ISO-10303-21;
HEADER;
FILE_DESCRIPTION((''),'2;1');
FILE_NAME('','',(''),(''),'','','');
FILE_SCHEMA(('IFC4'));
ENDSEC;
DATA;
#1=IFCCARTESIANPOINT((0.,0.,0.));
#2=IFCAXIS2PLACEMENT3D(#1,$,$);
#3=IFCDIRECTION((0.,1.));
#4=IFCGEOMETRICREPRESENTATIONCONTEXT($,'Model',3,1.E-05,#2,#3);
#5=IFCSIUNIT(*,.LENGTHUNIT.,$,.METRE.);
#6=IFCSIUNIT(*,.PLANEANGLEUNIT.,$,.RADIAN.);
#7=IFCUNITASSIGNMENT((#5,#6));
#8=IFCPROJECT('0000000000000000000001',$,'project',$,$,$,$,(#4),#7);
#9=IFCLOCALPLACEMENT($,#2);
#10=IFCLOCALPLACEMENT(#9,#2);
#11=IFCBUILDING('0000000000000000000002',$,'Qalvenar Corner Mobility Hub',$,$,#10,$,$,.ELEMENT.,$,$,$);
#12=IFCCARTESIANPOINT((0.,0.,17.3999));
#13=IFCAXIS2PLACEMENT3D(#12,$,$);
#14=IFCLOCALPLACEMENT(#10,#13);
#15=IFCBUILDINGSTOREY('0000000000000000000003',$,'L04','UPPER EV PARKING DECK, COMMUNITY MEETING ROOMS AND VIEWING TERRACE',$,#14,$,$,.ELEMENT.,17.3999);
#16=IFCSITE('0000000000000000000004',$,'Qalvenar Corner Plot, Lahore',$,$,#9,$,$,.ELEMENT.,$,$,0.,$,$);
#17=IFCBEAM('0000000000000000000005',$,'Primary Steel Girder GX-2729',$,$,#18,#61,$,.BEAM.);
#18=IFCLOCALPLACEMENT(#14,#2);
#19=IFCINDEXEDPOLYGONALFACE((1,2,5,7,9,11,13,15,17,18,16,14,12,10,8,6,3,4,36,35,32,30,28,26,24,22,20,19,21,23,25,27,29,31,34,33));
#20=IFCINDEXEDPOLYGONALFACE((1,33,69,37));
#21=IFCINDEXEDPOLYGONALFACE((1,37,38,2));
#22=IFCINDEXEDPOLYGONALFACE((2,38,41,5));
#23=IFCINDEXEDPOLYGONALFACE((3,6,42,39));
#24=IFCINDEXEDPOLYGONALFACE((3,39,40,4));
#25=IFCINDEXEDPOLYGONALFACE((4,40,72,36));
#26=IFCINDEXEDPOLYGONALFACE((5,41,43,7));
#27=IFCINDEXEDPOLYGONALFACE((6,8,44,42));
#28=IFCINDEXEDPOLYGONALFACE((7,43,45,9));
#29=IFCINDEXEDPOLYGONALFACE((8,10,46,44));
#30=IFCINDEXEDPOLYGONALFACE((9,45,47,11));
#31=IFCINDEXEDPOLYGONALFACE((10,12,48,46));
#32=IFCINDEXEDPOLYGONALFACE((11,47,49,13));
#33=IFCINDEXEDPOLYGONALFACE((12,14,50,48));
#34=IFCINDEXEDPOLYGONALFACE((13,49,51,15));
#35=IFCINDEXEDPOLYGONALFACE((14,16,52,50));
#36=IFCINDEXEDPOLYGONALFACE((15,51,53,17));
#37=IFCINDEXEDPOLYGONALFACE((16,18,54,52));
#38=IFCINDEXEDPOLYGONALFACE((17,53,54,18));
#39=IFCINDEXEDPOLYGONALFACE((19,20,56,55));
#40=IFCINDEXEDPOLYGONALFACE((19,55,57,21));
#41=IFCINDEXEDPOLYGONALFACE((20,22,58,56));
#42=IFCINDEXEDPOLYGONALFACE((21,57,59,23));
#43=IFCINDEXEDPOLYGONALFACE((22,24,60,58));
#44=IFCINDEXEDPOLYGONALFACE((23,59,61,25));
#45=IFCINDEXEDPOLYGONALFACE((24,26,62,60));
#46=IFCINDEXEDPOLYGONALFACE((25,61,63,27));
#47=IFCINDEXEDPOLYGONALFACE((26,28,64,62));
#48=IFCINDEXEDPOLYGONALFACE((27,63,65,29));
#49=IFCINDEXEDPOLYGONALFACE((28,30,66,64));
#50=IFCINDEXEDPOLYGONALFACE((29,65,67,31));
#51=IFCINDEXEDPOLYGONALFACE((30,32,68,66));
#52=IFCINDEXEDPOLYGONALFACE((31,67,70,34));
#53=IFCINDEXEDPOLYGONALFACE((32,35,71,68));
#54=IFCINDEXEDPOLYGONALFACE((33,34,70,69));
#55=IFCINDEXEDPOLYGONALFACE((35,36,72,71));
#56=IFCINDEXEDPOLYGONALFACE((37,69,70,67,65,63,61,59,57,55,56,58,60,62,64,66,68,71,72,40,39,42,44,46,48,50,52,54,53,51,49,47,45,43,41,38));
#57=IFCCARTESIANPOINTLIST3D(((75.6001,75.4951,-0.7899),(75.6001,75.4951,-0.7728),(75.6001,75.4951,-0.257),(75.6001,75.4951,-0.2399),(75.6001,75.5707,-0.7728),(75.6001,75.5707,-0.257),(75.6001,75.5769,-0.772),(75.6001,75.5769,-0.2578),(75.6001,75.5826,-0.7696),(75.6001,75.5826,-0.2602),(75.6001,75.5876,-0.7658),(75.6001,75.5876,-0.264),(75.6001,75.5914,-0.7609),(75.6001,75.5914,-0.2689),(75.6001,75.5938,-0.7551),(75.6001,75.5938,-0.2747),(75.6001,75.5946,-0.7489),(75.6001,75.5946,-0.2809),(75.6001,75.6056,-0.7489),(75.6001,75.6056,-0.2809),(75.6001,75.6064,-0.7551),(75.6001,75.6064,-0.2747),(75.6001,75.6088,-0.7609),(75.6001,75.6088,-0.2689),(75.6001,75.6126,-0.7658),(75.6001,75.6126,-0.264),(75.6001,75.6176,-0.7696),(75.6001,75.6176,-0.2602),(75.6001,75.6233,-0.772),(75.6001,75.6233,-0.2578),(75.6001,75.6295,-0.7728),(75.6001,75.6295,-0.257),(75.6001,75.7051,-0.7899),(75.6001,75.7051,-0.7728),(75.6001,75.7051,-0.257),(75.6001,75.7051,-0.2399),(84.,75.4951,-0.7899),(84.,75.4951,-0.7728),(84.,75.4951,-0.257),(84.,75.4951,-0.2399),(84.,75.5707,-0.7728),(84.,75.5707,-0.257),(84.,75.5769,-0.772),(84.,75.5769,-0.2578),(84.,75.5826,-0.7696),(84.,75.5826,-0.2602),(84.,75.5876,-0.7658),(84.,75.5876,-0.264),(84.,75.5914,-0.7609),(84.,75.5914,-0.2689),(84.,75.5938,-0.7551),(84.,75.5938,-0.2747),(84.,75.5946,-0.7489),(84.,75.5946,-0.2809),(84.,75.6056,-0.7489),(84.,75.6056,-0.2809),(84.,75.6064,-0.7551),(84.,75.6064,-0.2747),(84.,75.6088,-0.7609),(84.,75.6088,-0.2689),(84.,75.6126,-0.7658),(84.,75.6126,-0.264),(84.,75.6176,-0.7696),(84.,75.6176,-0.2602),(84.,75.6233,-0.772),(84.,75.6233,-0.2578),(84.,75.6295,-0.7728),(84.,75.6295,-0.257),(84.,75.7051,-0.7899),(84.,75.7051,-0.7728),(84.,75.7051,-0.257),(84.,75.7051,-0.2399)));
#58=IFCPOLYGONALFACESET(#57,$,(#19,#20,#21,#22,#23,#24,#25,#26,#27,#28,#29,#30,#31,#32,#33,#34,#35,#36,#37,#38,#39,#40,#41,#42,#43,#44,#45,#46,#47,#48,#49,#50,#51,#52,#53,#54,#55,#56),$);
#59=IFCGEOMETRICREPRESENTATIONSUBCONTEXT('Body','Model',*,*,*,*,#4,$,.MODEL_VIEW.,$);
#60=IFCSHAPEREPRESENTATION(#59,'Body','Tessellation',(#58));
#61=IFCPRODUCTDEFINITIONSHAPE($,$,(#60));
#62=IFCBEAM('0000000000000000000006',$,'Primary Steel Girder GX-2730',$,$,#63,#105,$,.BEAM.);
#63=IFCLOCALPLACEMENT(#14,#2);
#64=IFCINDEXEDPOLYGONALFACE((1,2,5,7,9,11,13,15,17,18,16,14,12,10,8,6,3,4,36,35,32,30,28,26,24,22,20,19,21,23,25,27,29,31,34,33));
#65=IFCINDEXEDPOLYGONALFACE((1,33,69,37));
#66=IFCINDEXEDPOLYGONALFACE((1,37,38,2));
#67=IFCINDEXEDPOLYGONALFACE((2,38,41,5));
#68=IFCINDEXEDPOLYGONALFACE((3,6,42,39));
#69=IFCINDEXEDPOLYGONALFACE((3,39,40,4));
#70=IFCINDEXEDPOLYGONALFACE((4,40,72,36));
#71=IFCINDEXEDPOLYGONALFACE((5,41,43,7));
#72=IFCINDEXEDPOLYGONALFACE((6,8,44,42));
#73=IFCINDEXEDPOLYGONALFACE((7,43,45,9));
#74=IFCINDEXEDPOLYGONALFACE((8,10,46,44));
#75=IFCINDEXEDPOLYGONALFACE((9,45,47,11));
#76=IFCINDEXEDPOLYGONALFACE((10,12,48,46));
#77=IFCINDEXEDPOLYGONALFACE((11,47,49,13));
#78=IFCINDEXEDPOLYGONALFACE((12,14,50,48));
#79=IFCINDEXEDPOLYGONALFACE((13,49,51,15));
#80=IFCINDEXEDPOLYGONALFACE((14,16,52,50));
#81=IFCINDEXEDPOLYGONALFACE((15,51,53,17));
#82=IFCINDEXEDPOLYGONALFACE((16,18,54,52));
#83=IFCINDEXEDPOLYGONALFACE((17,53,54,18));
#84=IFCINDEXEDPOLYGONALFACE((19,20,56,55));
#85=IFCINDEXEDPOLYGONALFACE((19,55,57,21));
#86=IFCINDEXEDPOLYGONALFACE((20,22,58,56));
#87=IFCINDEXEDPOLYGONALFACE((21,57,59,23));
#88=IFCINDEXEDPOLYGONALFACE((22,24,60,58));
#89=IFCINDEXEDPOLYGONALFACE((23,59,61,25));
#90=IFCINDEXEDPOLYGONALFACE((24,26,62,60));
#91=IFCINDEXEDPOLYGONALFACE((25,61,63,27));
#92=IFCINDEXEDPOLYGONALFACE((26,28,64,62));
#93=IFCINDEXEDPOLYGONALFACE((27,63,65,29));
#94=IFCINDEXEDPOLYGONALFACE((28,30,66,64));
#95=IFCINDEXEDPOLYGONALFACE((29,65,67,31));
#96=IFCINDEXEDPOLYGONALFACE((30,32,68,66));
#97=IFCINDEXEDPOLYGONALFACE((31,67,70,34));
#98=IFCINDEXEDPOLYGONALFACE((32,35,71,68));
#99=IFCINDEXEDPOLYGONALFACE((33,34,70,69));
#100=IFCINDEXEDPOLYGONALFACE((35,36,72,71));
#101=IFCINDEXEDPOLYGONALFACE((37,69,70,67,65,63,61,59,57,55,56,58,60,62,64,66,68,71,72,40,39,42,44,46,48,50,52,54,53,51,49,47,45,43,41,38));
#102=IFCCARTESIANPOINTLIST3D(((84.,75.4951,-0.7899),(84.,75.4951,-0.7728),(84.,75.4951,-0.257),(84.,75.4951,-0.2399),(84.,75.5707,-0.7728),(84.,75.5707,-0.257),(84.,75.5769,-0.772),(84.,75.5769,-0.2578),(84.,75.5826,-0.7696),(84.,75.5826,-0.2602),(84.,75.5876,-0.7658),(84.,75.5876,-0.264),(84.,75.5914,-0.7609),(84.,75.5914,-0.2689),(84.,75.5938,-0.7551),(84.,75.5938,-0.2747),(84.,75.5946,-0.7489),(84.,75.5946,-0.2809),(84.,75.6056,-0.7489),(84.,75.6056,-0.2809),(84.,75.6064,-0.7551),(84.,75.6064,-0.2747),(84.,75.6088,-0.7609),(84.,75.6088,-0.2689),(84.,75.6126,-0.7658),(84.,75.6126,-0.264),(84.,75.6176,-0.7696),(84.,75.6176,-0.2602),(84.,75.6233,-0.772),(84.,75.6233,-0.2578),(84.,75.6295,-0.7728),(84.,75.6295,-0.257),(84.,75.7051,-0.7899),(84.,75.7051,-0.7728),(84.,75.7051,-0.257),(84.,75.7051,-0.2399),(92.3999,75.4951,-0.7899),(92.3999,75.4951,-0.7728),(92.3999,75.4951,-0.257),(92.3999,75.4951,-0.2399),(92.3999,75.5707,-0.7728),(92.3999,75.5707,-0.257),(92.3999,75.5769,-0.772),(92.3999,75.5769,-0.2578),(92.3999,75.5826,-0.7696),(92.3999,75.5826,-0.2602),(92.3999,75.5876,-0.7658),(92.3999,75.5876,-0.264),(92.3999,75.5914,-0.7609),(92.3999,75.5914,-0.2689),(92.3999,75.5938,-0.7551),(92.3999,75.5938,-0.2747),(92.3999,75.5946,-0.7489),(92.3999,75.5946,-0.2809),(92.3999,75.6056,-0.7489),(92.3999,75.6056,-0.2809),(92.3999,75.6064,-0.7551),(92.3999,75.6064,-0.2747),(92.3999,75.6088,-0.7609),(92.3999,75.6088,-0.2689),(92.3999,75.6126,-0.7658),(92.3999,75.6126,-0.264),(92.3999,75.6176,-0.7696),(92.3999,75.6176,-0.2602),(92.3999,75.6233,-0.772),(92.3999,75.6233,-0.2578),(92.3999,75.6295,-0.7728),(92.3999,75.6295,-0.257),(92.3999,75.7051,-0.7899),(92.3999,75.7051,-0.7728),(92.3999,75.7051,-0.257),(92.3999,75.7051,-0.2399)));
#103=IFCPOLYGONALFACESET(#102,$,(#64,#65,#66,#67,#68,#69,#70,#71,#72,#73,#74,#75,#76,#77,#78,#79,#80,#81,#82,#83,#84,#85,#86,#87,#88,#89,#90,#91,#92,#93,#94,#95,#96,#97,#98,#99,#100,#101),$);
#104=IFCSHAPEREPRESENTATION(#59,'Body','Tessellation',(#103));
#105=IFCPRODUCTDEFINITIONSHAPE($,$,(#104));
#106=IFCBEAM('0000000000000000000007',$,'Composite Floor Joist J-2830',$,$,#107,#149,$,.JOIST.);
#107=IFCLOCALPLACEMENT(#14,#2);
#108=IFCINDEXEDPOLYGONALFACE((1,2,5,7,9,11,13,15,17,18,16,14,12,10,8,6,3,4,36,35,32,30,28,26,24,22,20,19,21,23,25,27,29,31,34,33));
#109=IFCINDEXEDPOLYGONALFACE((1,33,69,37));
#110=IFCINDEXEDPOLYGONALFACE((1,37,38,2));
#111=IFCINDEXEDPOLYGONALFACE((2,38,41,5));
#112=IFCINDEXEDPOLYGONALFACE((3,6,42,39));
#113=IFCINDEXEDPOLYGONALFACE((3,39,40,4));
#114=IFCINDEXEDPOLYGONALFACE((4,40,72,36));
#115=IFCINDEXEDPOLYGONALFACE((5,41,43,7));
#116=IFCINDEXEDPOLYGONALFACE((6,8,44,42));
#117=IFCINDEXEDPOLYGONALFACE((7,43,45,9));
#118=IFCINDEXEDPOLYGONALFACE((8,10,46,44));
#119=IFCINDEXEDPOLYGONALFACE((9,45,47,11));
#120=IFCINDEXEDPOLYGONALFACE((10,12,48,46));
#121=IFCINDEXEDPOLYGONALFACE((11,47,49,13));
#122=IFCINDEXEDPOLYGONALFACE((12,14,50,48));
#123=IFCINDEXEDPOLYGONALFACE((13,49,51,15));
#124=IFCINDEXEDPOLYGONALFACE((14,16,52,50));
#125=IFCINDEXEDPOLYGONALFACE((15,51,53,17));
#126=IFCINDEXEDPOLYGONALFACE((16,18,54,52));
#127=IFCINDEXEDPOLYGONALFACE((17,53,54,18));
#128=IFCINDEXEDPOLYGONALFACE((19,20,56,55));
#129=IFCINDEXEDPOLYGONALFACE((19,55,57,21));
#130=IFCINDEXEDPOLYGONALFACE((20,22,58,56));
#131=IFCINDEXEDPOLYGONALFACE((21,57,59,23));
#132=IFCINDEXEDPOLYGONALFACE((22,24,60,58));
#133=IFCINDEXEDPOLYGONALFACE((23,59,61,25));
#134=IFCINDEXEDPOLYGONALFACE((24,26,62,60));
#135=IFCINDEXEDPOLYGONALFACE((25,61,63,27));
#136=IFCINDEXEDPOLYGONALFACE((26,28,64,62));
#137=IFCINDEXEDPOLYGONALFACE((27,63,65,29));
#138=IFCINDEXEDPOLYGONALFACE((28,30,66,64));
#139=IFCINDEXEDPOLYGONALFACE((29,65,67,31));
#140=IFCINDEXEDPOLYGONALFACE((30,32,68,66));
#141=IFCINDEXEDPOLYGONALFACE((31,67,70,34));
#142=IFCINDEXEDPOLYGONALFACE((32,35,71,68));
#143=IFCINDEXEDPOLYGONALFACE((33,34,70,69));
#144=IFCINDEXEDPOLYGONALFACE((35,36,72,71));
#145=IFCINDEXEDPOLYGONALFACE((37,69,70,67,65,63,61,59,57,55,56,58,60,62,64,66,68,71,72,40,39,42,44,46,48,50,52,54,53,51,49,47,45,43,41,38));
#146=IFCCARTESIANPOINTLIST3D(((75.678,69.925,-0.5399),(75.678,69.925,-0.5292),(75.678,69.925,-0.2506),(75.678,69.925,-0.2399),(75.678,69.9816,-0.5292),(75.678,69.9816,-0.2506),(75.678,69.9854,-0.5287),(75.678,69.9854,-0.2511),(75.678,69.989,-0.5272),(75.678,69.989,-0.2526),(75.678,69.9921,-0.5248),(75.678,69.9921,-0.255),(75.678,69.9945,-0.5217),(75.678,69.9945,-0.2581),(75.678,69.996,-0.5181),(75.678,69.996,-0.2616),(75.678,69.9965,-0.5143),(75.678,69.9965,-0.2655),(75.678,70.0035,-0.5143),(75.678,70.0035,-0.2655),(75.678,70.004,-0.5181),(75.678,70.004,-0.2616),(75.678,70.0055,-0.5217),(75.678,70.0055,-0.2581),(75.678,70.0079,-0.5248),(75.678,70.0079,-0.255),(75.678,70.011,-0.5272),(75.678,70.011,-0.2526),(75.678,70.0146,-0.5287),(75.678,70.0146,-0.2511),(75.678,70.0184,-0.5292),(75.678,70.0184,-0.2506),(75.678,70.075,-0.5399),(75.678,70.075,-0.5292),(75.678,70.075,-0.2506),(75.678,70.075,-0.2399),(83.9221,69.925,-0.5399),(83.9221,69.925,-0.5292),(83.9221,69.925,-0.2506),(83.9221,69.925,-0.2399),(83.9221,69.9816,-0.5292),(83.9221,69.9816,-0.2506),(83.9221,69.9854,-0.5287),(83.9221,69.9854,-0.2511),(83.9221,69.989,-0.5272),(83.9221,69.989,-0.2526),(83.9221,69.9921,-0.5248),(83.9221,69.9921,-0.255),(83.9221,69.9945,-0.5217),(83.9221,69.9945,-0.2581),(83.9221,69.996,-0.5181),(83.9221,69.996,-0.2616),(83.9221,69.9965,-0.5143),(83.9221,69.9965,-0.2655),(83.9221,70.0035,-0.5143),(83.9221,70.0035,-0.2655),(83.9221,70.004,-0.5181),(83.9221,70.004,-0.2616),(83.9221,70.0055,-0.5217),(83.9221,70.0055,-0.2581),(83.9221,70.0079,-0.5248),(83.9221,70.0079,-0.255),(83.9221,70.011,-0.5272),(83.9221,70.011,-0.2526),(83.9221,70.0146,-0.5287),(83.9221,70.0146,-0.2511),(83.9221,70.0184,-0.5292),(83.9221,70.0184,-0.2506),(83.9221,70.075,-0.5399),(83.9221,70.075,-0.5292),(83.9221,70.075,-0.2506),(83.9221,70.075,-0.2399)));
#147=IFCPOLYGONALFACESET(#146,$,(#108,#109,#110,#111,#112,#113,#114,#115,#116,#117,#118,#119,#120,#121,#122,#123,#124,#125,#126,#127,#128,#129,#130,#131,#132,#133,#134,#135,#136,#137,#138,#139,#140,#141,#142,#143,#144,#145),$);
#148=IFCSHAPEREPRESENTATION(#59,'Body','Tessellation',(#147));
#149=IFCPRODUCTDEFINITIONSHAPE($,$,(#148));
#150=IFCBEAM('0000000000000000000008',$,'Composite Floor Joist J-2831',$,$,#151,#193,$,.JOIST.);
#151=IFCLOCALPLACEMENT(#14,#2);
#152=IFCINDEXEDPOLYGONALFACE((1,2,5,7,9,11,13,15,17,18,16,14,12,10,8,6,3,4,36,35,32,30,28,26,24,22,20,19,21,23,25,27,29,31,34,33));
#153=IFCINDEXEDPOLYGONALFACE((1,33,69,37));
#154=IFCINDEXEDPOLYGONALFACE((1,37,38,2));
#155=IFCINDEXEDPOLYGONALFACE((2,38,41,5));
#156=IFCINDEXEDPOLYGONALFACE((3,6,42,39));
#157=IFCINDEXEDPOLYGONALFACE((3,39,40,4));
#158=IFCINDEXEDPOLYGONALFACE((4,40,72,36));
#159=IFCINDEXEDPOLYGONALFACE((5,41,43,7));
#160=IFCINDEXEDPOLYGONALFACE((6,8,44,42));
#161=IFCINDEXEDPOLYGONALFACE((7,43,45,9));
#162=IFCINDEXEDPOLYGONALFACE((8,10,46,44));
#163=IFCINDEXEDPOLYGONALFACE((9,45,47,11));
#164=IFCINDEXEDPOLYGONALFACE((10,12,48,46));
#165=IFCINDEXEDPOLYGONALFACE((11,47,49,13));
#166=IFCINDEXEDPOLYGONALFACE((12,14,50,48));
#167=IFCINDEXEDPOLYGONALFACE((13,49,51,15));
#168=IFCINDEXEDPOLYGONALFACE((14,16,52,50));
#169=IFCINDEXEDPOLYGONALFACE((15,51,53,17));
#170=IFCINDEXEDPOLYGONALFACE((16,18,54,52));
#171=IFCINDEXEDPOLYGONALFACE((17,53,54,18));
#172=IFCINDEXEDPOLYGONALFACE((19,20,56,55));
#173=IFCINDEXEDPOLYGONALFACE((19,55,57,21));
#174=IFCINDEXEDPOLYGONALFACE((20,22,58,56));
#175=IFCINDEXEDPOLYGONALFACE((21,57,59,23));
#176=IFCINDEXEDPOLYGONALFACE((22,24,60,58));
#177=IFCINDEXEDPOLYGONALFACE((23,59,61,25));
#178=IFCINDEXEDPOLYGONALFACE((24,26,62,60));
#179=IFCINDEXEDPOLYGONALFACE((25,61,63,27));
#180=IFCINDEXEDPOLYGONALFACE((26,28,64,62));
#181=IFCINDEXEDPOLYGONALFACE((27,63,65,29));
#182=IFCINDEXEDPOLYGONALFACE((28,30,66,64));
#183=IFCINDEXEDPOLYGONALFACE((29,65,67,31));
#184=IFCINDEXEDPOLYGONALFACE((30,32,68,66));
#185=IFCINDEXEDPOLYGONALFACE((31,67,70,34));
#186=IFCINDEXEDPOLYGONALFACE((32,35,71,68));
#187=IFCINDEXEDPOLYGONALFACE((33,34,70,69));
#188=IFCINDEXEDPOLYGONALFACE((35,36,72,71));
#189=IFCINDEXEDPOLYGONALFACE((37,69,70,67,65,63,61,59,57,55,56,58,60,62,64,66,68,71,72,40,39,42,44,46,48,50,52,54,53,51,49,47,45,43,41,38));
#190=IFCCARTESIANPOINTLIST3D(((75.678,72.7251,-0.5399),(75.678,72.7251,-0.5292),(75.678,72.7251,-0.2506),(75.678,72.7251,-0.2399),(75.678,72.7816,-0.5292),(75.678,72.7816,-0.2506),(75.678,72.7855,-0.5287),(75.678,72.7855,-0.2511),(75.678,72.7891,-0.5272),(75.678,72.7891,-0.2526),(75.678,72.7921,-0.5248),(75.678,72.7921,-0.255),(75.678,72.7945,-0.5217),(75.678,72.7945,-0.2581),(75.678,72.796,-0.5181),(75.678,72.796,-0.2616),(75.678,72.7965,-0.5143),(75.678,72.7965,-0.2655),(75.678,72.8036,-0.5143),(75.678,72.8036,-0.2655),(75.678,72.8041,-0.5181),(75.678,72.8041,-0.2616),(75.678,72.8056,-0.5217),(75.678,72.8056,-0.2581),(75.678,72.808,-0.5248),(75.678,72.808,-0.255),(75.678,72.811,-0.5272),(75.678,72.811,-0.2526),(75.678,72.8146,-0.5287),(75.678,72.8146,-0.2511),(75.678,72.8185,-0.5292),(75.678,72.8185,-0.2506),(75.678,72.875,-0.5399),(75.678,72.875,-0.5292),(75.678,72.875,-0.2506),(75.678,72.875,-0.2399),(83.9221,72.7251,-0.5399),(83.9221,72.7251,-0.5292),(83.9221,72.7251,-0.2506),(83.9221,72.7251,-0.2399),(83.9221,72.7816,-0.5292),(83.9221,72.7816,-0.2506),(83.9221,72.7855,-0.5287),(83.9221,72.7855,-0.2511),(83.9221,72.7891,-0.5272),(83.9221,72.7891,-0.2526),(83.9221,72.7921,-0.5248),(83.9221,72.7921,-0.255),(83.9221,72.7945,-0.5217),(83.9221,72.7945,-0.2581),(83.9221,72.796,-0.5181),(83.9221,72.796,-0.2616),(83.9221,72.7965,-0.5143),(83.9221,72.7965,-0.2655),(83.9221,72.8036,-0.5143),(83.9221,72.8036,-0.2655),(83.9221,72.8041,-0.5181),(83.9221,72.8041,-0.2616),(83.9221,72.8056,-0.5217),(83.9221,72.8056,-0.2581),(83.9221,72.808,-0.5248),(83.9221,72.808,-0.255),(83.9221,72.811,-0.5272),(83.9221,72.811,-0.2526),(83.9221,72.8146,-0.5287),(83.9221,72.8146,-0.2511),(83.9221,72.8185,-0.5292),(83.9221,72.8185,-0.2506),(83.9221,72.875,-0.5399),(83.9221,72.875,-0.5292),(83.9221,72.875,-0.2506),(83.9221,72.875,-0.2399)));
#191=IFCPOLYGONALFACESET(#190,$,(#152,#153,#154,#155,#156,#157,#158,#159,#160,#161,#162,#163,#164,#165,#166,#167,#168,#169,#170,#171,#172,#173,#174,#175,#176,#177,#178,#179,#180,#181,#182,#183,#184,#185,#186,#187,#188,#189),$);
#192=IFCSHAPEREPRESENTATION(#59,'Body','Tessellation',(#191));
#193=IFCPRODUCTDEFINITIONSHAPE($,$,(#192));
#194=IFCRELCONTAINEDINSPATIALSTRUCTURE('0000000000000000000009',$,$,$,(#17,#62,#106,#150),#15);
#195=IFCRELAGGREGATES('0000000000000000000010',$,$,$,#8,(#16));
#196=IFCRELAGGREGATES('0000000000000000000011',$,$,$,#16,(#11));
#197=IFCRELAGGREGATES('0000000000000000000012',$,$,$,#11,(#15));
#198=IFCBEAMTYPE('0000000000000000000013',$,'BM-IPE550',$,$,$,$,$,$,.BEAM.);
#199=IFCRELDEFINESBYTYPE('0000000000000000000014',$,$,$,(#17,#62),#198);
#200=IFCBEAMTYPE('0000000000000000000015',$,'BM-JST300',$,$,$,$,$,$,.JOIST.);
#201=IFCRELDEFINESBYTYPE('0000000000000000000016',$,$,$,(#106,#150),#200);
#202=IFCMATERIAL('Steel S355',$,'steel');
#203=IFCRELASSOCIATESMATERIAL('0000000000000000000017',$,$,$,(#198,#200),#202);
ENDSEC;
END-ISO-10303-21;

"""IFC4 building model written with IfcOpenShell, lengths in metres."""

from ifc_helpers import new_model, si_unit, direction, frame, origin, origin_2d, place, context, subcontext, project, spatial, i_section, extrude, material, material_profile, profile_set, type_object, element, save


model = new_model("IFC4")

# Units and contexts
model_context = context("Model", 3, precision=1e-05, world=origin(), true_north=direction((0.0, 1.0)))
body_context = subcontext(model_context, "Body", "Model", "MODEL_VIEW")
ifc_project = project(units=[si_unit("LENGTHUNIT", "METRE"), si_unit("PLANEANGLEUNIT", "RADIAN")], contexts=[model_context])

# Site, building, storey
site_placement = place(None, origin())
site = spatial("IfcSite", under=ifc_project, at=site_placement, Name="Qalvenar Corner Plot, Lahore", CompositionType="ELEMENT", RefElevation=0.0)
building_placement = place(site_placement, origin())
building = spatial("IfcBuilding", under=site, at=building_placement, Name="Qalvenar Corner Mobility Hub", CompositionType="ELEMENT")
storey_placement = place(building_placement, frame((0.0, 0.0, 17.3999)))
storey = spatial("IfcBuildingStorey", under=building, at=storey_placement, Name="L04", Description="UPPER EV PARKING DECK, COMMUNITY MEETING ROOMS AND VIEWING TERRACE", CompositionType="ELEMENT", Elevation=17.3999)

# Shared definitions
ifc_material = material(Name="Steel S355", Category="steel")

# Beams
ifc_material_profile_1 = material_profile(ifc_material, i_section(OverallWidth=0.21, OverallDepth=0.55, WebThickness=0.011, FlangeThickness=0.0171, FilletRadius=0.0239, at=origin_2d()), Name="IPE550")
ifc_profile_set_1 = profile_set([ifc_material_profile_1], Name="Steel S355")
beam_type_1 = type_object("IfcBeamType", Name="BM-IPE550", PredefinedType="BEAM", material=ifc_profile_set_1)
for number, where, z_axis, x_axis, name in (
    (1, (75.6001, 75.6001, -0.5149), (1.0, 0.0, 0.0), (0.0, 1.0, 0.0), "Primary Steel Girder GX-2729"),
    (2, (84.0, 75.6001, -0.5149), (1.0, 0.0, 0.0), (0.0, 1.0, 0.0), "Primary Steel Girder GX-2730"),
):
    element("IfcBeam", number, at=place(storey_placement, frame(where, z_axis=z_axis, x_axis=x_axis)), inside=storey, type_object=beam_type_1, Name=name, PredefinedType="BEAM", context=body_context, shape_type="SweptSolid", body=[
        extrude(i_section(OverallWidth=0.21, OverallDepth=0.55, WebThickness=0.011, FlangeThickness=0.0171, FilletRadius=0.0239, at=origin_2d()), origin(), (0.0, 0.0, 1.0), 8.3999),
    ])
ifc_material_profile_2 = material_profile(ifc_material, i_section(OverallWidth=0.1499, OverallDepth=0.3, WebThickness=0.0071, FlangeThickness=0.0107, FilletRadius=0.0149, at=origin_2d()), Name="IPE300")
ifc_profile_set_2 = profile_set([ifc_material_profile_2], Name="Steel S355")
beam_type_2 = type_object("IfcBeamType", Name="BM-JST300", PredefinedType="JOIST", material=ifc_profile_set_2)
for number, where, z_axis, x_axis, name in (
    (3, (75.678, 70.0, -0.3899), (1.0, 0.0, 0.0), (0.0, 1.0, 0.0), "Composite Floor Joist J-2830"),
    (4, (75.678, 72.8, -0.3899), (1.0, 0.0, 0.0), (0.0, 1.0, 0.0), "Composite Floor Joist J-2831"),
):
    element("IfcBeam", number, at=place(storey_placement, frame(where, z_axis=z_axis, x_axis=x_axis)), inside=storey, type_object=beam_type_2, Name=name, PredefinedType="JOIST", context=body_context, shape_type="SweptSolid", body=[
        extrude(i_section(OverallWidth=0.1499, OverallDepth=0.3, WebThickness=0.0071, FlangeThickness=0.0107, FilletRadius=0.0149, at=origin_2d()), origin(), (0.0, 0.0, 1.0), 8.2441),
    ])

save(model, "model.ifc")
